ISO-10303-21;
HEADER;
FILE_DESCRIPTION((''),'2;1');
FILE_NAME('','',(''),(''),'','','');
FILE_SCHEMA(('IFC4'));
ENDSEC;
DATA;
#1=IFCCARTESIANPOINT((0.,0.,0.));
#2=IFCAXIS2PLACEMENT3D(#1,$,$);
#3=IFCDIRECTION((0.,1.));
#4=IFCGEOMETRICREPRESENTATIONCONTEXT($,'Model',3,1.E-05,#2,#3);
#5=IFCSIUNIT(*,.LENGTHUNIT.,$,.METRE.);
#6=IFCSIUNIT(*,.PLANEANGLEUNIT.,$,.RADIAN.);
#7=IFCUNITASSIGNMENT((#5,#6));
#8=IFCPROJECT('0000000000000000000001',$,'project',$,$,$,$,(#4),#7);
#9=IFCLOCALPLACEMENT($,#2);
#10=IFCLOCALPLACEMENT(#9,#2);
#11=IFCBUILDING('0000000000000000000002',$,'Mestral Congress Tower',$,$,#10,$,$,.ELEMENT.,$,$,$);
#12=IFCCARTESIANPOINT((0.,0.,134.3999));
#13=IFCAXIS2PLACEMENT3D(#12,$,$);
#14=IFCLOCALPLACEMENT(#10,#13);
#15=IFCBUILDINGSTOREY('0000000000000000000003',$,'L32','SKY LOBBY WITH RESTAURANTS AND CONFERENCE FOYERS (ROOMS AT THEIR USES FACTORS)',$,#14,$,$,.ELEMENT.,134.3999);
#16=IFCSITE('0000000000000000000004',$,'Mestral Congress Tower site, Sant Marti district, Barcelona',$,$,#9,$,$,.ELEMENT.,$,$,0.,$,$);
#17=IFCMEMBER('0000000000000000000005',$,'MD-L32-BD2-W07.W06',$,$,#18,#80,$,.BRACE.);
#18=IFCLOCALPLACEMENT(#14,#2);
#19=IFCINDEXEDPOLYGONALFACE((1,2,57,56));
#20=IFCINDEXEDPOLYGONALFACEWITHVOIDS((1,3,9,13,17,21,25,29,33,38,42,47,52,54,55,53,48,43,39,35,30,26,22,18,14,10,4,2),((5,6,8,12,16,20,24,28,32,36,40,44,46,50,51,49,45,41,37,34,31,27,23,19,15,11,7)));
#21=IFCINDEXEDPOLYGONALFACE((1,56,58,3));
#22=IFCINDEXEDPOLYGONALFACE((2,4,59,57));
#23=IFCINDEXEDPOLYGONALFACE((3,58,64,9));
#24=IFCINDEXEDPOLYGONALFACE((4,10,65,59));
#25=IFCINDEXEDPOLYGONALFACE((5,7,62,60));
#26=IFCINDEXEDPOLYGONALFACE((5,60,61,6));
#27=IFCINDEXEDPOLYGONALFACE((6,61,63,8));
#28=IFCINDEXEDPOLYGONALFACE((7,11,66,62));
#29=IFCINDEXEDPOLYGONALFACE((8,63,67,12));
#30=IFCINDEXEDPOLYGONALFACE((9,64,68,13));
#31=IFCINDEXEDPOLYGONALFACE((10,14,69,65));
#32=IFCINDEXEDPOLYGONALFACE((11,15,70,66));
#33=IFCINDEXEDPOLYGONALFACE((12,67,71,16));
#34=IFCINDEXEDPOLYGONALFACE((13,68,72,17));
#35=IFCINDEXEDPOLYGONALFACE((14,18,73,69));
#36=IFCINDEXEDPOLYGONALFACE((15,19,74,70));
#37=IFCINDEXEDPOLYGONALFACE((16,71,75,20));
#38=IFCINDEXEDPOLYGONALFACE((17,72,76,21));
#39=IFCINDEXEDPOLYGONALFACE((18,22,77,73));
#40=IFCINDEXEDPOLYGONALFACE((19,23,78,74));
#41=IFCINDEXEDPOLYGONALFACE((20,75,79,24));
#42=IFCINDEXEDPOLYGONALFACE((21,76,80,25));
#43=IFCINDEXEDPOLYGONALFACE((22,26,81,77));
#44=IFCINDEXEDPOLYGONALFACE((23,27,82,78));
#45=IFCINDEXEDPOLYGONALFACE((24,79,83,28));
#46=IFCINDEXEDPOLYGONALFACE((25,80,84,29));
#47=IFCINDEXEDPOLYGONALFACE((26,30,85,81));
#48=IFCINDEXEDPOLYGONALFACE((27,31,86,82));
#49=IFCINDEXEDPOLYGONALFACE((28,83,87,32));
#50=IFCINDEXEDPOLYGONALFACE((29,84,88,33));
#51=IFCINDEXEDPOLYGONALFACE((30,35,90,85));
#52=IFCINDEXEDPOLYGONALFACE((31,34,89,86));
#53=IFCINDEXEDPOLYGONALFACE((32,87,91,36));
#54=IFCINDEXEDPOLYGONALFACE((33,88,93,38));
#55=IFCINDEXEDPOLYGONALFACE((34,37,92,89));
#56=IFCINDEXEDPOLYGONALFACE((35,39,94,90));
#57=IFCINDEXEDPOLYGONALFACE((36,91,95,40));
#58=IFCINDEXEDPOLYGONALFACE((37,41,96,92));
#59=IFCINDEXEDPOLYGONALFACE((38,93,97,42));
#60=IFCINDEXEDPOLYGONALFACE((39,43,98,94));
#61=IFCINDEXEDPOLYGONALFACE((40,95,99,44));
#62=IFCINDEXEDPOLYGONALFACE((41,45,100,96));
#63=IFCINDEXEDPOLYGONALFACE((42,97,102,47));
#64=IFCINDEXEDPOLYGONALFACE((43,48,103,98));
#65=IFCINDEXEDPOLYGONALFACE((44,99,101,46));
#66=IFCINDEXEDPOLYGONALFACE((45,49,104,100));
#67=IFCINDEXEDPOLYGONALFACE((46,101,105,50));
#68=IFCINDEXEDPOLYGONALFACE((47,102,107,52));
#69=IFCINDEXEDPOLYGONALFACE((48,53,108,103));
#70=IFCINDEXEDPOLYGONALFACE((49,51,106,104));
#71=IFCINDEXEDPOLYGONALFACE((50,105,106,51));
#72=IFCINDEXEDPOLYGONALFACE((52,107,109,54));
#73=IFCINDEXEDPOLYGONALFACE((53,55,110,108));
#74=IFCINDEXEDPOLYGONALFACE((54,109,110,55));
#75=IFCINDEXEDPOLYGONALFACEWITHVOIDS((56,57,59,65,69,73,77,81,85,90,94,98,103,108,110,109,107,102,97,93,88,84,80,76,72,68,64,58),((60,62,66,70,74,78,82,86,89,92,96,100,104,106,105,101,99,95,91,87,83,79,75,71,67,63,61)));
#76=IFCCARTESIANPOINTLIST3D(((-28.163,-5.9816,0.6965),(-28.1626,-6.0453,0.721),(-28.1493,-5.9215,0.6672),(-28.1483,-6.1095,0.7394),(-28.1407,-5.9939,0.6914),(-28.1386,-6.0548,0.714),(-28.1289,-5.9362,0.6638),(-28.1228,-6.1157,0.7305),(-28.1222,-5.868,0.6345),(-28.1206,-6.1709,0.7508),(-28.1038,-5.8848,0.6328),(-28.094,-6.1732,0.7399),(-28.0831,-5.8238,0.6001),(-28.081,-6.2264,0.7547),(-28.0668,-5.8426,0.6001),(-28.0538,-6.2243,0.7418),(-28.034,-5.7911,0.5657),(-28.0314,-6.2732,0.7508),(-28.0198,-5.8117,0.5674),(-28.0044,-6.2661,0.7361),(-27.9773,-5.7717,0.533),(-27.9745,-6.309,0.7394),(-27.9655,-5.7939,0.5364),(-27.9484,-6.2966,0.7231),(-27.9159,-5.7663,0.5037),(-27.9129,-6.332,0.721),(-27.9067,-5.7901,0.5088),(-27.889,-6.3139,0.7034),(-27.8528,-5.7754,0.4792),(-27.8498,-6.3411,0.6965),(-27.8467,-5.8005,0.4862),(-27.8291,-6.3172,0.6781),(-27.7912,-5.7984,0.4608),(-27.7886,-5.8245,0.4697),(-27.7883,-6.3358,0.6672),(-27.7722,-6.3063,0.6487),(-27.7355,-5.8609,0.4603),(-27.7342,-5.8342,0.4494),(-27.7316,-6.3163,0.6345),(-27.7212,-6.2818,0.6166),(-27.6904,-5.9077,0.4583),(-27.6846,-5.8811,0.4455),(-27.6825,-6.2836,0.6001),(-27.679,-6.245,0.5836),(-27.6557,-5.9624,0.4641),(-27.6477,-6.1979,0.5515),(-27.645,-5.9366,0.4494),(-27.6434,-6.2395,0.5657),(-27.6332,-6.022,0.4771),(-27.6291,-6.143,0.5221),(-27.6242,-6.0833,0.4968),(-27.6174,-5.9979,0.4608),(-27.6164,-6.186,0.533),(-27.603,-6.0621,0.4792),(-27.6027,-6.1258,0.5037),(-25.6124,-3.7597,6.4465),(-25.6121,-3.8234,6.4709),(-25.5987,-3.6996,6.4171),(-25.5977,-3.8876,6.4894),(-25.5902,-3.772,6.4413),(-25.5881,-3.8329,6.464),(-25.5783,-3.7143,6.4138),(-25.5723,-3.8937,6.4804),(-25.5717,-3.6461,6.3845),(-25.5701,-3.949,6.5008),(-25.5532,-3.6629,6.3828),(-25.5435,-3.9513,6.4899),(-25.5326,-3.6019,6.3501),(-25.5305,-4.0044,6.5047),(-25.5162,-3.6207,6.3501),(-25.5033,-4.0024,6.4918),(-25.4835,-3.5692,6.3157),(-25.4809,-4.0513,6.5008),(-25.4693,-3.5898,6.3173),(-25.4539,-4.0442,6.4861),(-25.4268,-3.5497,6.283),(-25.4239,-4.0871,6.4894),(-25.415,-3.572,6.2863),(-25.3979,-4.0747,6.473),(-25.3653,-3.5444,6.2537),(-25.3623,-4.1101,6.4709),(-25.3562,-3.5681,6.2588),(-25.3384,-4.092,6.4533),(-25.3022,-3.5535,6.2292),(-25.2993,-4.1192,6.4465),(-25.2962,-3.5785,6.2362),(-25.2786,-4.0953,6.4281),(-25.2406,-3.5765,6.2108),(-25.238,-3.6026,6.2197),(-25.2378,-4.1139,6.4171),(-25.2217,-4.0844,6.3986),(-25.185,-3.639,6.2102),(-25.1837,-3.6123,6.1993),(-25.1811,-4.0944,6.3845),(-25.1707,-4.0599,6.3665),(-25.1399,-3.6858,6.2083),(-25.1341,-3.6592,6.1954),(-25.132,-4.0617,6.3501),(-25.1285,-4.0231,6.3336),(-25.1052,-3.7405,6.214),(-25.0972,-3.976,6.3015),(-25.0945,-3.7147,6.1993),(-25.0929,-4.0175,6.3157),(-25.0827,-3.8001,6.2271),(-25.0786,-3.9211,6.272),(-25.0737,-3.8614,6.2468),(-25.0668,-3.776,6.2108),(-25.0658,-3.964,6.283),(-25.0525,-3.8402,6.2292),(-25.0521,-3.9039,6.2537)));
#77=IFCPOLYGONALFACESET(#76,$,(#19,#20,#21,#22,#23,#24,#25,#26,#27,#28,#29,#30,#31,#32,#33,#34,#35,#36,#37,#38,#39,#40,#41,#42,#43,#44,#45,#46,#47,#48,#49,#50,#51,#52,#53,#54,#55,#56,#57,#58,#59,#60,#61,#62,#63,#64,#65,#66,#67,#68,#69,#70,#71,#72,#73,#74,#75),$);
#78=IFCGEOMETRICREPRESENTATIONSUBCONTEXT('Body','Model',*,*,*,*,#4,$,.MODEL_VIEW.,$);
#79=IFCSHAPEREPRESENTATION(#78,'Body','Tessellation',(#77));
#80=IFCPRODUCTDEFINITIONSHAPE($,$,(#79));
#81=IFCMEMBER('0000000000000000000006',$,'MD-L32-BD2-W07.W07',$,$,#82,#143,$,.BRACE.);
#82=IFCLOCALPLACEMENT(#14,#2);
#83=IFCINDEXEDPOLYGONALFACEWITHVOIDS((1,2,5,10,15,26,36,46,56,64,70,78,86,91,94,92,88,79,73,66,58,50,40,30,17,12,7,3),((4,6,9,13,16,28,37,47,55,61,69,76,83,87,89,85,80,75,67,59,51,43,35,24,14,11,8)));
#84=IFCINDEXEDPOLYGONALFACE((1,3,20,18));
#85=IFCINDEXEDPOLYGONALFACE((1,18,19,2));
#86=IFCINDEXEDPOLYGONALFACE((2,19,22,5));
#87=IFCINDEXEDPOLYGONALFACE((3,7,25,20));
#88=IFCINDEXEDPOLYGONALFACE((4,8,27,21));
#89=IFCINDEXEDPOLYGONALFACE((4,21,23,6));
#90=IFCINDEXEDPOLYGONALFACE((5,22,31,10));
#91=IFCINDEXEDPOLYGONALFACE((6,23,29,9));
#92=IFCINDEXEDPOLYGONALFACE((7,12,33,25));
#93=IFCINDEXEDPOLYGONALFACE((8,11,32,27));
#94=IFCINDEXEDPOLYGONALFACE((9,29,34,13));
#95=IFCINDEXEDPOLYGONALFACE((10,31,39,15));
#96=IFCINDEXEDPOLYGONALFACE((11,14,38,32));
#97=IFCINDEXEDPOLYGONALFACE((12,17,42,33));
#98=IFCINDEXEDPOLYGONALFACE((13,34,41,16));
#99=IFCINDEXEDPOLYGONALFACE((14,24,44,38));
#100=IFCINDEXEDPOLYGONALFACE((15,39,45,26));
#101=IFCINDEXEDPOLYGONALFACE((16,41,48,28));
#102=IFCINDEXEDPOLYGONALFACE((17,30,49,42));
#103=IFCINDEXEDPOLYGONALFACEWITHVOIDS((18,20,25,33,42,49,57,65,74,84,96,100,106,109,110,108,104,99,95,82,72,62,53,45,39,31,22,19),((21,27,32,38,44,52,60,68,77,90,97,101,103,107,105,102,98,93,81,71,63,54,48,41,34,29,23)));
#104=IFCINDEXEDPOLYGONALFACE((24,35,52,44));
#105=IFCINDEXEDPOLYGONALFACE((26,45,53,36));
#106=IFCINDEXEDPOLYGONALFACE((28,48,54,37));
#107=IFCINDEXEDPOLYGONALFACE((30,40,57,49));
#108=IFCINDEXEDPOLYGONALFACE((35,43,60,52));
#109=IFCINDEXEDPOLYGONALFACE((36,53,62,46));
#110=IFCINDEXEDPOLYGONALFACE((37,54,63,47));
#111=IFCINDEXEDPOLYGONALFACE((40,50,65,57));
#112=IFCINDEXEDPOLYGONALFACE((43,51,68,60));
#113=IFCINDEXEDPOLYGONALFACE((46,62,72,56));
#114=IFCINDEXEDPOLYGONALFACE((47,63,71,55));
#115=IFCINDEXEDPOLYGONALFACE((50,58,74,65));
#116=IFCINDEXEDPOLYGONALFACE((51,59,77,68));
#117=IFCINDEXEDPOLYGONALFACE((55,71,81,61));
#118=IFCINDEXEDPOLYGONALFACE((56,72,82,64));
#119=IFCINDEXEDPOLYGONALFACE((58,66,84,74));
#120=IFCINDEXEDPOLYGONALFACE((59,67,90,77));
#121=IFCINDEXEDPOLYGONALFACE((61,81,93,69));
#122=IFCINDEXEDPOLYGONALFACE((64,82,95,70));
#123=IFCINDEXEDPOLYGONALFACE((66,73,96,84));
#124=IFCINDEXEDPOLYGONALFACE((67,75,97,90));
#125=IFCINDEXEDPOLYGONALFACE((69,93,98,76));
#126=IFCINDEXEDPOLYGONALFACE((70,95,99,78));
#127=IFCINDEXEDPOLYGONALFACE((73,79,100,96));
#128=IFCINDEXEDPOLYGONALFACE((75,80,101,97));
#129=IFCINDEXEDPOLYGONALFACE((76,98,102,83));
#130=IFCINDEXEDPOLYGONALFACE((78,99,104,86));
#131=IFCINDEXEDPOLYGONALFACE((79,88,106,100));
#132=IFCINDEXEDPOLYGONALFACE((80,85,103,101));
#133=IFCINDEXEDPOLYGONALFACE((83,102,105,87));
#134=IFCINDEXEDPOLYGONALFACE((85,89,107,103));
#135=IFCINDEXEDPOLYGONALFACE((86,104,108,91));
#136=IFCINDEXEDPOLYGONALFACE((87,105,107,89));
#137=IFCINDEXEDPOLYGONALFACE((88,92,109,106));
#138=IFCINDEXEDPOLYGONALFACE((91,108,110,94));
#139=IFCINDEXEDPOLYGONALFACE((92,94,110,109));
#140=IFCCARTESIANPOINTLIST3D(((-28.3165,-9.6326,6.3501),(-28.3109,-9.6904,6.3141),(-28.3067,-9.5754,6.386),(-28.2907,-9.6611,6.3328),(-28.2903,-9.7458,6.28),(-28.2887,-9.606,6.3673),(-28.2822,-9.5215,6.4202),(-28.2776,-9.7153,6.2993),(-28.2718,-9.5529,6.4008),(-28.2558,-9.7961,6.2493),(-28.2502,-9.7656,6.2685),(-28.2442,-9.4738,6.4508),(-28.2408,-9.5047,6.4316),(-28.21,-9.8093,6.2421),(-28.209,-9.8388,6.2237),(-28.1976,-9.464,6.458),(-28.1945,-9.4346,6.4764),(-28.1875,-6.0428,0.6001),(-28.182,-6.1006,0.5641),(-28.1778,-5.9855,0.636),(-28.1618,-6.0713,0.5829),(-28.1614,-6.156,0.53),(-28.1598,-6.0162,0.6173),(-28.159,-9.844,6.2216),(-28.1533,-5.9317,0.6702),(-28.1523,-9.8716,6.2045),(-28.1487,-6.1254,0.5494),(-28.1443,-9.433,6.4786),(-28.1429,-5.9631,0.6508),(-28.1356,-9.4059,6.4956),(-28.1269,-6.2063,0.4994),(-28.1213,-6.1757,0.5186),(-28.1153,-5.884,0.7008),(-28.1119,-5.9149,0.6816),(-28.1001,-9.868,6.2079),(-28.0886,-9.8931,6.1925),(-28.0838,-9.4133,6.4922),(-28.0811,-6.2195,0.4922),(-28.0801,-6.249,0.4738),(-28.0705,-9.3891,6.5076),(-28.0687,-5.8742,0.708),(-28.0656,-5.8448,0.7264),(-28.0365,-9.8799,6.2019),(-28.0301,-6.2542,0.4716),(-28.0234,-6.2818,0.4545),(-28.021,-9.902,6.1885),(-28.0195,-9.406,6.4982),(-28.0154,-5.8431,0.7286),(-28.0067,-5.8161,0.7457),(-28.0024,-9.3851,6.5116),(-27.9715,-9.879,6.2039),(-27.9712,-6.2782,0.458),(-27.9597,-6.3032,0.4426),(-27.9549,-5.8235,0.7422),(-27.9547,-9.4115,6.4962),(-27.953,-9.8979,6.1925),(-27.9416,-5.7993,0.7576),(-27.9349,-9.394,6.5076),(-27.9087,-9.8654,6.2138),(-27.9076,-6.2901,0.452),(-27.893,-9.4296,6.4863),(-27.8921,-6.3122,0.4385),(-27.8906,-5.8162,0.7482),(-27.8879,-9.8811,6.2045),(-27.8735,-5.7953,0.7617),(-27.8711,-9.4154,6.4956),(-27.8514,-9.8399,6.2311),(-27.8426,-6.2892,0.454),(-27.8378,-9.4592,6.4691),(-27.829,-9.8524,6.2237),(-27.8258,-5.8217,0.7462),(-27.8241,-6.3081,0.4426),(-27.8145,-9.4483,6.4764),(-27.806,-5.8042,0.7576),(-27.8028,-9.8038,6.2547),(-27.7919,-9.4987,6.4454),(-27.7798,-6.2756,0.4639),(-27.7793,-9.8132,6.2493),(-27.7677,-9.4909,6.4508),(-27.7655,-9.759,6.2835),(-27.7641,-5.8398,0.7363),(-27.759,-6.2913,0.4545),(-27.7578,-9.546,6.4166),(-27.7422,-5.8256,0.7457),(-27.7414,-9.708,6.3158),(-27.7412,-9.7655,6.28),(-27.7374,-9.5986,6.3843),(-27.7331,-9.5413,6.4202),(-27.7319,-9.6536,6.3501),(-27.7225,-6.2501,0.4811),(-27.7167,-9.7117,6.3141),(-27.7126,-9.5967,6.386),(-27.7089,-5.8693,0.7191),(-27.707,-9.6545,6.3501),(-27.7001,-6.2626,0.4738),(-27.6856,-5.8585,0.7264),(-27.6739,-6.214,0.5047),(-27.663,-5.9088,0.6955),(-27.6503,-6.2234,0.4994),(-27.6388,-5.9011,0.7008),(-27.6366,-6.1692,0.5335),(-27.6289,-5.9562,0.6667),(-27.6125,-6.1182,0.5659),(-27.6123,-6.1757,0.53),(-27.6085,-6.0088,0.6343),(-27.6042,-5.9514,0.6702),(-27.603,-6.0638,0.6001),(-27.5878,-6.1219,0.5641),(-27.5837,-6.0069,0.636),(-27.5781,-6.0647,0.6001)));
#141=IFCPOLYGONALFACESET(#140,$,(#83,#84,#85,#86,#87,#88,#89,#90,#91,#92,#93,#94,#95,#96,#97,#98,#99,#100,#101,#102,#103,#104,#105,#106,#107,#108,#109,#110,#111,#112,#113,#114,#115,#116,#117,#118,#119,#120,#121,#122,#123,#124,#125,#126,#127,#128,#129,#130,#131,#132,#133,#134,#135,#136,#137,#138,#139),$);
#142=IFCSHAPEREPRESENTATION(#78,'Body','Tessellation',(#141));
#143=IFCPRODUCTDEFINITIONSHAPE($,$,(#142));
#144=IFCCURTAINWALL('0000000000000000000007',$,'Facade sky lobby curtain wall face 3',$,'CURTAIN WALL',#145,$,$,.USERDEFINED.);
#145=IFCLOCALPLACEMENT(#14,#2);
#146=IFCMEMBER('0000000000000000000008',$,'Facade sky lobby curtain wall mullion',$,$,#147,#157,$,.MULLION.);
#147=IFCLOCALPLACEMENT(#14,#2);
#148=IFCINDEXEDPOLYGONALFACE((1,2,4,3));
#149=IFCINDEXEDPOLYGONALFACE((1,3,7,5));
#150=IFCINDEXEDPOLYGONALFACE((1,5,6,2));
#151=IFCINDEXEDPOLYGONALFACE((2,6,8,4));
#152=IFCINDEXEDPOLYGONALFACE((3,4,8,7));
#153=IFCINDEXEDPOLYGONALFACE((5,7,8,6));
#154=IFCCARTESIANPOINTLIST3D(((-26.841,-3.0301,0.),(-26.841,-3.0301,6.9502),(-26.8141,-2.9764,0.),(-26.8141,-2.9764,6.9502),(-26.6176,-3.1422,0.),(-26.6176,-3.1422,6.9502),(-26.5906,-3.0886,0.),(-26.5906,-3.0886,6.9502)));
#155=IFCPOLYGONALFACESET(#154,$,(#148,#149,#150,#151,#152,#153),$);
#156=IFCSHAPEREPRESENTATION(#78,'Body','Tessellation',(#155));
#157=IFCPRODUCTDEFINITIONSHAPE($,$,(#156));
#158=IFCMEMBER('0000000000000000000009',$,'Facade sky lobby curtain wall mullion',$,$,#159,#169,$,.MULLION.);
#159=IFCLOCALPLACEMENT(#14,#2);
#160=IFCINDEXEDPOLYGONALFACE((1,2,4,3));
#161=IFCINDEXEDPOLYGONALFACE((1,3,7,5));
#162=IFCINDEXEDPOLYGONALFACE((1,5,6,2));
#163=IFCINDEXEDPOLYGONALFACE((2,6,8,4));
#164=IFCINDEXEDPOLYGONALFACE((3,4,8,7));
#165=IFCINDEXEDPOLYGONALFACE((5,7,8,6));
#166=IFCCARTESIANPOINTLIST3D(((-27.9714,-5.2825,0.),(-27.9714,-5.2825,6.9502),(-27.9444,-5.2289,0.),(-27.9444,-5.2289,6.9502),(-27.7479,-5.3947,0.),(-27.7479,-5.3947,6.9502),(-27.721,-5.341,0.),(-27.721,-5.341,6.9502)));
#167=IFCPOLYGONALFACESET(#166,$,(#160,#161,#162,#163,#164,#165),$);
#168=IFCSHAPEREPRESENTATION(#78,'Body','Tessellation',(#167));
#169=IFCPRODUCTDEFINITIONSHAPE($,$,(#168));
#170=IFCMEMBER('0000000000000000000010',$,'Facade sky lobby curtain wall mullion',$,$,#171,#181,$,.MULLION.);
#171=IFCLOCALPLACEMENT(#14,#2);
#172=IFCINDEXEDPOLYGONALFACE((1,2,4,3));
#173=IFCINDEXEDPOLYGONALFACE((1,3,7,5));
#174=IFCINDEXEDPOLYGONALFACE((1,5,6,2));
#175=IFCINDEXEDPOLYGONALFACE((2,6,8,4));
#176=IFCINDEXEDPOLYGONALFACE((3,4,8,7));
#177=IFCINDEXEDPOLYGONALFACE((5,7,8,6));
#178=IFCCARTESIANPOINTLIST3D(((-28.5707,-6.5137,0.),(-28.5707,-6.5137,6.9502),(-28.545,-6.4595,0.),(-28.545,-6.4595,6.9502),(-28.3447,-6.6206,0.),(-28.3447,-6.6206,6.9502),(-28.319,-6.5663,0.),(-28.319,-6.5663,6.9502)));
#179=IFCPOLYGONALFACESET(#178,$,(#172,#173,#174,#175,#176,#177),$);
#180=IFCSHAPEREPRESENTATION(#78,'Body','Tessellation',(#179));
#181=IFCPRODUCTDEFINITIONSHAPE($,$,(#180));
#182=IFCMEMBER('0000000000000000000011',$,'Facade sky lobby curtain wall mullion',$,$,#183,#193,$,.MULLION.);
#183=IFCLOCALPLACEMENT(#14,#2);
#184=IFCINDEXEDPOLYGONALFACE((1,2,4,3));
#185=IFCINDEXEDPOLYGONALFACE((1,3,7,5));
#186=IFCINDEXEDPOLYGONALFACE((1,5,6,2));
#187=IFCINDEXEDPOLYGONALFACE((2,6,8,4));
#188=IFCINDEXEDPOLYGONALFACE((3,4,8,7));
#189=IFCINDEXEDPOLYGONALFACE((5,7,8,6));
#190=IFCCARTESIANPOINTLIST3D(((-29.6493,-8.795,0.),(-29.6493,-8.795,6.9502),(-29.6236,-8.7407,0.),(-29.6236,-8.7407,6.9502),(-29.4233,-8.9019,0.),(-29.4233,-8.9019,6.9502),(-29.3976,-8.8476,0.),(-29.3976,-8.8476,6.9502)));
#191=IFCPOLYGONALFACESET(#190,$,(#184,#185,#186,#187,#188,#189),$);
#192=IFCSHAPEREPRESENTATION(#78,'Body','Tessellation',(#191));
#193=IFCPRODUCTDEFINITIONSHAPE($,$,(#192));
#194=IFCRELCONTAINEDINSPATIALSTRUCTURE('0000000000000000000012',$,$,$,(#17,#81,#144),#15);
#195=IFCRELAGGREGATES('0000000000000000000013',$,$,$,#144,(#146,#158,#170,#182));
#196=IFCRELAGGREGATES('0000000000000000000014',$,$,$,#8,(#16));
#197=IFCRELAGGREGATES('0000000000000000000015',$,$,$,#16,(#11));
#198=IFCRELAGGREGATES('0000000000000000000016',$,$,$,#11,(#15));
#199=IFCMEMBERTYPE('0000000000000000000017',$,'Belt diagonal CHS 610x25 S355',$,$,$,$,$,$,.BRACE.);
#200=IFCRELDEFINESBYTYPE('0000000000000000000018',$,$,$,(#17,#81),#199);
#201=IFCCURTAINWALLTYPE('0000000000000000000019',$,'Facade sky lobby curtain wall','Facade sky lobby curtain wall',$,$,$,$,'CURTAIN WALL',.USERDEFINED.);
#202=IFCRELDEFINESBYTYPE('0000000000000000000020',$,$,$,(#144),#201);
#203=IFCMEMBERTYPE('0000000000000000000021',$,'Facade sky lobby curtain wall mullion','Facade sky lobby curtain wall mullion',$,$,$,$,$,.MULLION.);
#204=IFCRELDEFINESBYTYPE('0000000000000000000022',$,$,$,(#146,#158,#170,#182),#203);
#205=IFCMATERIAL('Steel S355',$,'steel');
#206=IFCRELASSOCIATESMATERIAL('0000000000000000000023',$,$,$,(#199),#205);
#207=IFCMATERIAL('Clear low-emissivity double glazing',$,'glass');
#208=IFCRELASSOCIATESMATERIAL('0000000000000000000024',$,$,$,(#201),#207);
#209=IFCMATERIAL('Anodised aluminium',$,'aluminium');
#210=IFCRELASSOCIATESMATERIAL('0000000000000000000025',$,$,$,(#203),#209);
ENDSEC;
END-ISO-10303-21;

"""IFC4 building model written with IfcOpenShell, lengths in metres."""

from ifc_helpers import new_model, si_unit, direction, frame, origin, origin_2d, place, context, subcontext, project, spatial, rectangle, hollow_circle, extrude, material, material_profile, profile_set, type_object, element, aggregate, save


model = new_model("IFC4")

# Units and contexts
model_context = context("Model", 3, precision=1e-05, world=origin(), true_north=direction((0.0, 1.0)))
body_context = subcontext(model_context, "Body", "Model", "MODEL_VIEW")
ifc_project = project(units=[si_unit("LENGTHUNIT", "METRE"), si_unit("PLANEANGLEUNIT", "RADIAN")], contexts=[model_context])

# Site, building, storey
site_placement = place(None, origin())
site = spatial("IfcSite", under=ifc_project, at=site_placement, Name="Mestral Congress Tower site, Sant Marti district, Barcelona", CompositionType="ELEMENT", RefElevation=0.0)
building_placement = place(site_placement, origin())
building = spatial("IfcBuilding", under=site, at=building_placement, Name="Mestral Congress Tower", CompositionType="ELEMENT")
storey_placement = place(building_placement, frame((0.0, 0.0, 134.3999)))
storey = spatial("IfcBuildingStorey", under=building, at=storey_placement, Name="L32", Description="SKY LOBBY WITH RESTAURANTS AND CONFERENCE FOYERS (ROOMS AT THEIR USES FACTORS)", CompositionType="ELEMENT", Elevation=134.3999)

# Members
ifc_material_1 = material(Name="Steel S355", Category="steel")
ifc_material_profile_1 = material_profile(ifc_material_1, hollow_circle(Radius=0.3049, WallThickness=0.0249, at=origin_2d()), Name="CHS 610x25")
ifc_profile_set_1 = profile_set([ifc_material_profile_1], Name="Steel S355")
member_type_1 = type_object("IfcMemberType", Name="Belt diagonal CHS 610x25 S355", PredefinedType="BRACE", material=ifc_profile_set_1)
member_1_placement = place(storey_placement, frame((-27.8828, -6.0537, 0.6001), z_axis=(0.382322, 0.333063, 0.861916), x_axis=(-0.656863, 0.75401, 0.0)))
element("IfcMember", 1, at=member_1_placement, inside=storey, type_object=member_type_1, Name="MD-L32-BD2-W07.W06", PredefinedType="BRACE", context=body_context, shape_type="SweptSolid", body=[
    extrude(hollow_circle(Radius=0.3049, WallThickness=0.0249, at=origin_2d()), origin(), (0.0, 0.0, 1.0), 6.6711),
])
member_2_placement = place(storey_placement, frame((-27.8828, -6.0537, 0.6001), z_axis=(-0.019013, -0.529489, 0.848104), x_axis=(0.999356, -0.035885, 0.0)))
element("IfcMember", 2, at=member_2_placement, inside=storey, type_object=member_type_1, Name="MD-L32-BD2-W07.W07", PredefinedType="BRACE", context=body_context, shape_type="SweptSolid", body=[
    extrude(hollow_circle(Radius=0.3049, WallThickness=0.0249, at=origin_2d()), origin(), (0.0, 0.0, 1.0), 6.7798),
])

# Curtain wall, members
ifc_material_2 = material(Name="Clear low-emissivity double glazing", Category="glass")
curtain_wall_type = type_object("IfcCurtainWallType", Name="Facade sky lobby curtain wall", Description="Facade sky lobby curtain wall", ElementType="CURTAIN WALL", PredefinedType="USERDEFINED", material=ifc_material_2)
curtain_wall_placement = place(storey_placement, origin())
curtain_wall = element("IfcCurtainWall", 3, at=curtain_wall_placement, inside=storey, type_object=curtain_wall_type, Name="Facade sky lobby curtain wall face 3", ObjectType="CURTAIN WALL", PredefinedType="USERDEFINED")
ifc_material_3 = material(Name="Anodised aluminium", Category="aluminium")
ifc_material_profile_2 = material_profile(ifc_material_3, rectangle(XDim=0.25, YDim=0.0601, at=origin_2d()), Name="CW1 mullion 250 x 60")
ifc_profile_set_2 = profile_set([ifc_material_profile_2], Name="Anodised aluminium")
member_type_2 = type_object("IfcMemberType", Name="Facade sky lobby curtain wall mullion", Description="Facade sky lobby curtain wall mullion", PredefinedType="MULLION", material=ifc_profile_set_2)
member_3_placement = place(storey_placement, frame((-26.7158, -3.0593, 0.0), z_axis=(0.0, 0.0, 1.0), x_axis=(-0.893762, 0.448542, 0.0)))
member_3 = element("IfcMember", 4, at=member_3_placement, type_object=member_type_2, Name="Facade sky lobby curtain wall mullion", PredefinedType="MULLION", context=body_context, shape_type="SweptSolid", body=[
    extrude(rectangle(XDim=0.25, YDim=0.0601, at=origin_2d()), origin(), (0.0, 0.0, 1.0), 6.9502),
])
member_4_placement = place(storey_placement, frame((-27.8462, -5.3118, 0.0), z_axis=(0.0, 0.0, 1.0), x_axis=(-0.893762, 0.448542, 0.0)))
member_4 = element("IfcMember", 5, at=member_4_placement, type_object=member_type_2, Name="Facade sky lobby curtain wall mullion", PredefinedType="MULLION", context=body_context, shape_type="SweptSolid", body=[
    extrude(rectangle(XDim=0.25, YDim=0.0601, at=origin_2d()), origin(), (0.0, 0.0, 1.0), 6.9502),
])
member_5_placement = place(storey_placement, frame((-28.4448, -6.54, 0.0), z_axis=(0.0, 0.0, 1.0), x_axis=(-0.904006, 0.42752, 0.0)))
member_5 = element("IfcMember", 6, at=member_5_placement, type_object=member_type_2, Name="Facade sky lobby curtain wall mullion", PredefinedType="MULLION", context=body_context, shape_type="SweptSolid", body=[
    extrude(rectangle(XDim=0.25, YDim=0.0601, at=origin_2d()), origin(), (0.0, 0.0, 1.0), 6.9502),
])
member_6_placement = place(storey_placement, frame((-29.5234, -8.8213, 0.0), z_axis=(0.0, 0.0, 1.0), x_axis=(-0.904006, 0.42752, 0.0)))
member_6 = element("IfcMember", 7, at=member_6_placement, type_object=member_type_2, Name="Facade sky lobby curtain wall mullion", PredefinedType="MULLION", context=body_context, shape_type="SweptSolid", body=[
    extrude(rectangle(XDim=0.25, YDim=0.0601, at=origin_2d()), origin(), (0.0, 0.0, 1.0), 6.9502),
])

aggregate(curtain_wall, [member_3, member_4, member_5, member_6])

save(model, "model.ifc")
